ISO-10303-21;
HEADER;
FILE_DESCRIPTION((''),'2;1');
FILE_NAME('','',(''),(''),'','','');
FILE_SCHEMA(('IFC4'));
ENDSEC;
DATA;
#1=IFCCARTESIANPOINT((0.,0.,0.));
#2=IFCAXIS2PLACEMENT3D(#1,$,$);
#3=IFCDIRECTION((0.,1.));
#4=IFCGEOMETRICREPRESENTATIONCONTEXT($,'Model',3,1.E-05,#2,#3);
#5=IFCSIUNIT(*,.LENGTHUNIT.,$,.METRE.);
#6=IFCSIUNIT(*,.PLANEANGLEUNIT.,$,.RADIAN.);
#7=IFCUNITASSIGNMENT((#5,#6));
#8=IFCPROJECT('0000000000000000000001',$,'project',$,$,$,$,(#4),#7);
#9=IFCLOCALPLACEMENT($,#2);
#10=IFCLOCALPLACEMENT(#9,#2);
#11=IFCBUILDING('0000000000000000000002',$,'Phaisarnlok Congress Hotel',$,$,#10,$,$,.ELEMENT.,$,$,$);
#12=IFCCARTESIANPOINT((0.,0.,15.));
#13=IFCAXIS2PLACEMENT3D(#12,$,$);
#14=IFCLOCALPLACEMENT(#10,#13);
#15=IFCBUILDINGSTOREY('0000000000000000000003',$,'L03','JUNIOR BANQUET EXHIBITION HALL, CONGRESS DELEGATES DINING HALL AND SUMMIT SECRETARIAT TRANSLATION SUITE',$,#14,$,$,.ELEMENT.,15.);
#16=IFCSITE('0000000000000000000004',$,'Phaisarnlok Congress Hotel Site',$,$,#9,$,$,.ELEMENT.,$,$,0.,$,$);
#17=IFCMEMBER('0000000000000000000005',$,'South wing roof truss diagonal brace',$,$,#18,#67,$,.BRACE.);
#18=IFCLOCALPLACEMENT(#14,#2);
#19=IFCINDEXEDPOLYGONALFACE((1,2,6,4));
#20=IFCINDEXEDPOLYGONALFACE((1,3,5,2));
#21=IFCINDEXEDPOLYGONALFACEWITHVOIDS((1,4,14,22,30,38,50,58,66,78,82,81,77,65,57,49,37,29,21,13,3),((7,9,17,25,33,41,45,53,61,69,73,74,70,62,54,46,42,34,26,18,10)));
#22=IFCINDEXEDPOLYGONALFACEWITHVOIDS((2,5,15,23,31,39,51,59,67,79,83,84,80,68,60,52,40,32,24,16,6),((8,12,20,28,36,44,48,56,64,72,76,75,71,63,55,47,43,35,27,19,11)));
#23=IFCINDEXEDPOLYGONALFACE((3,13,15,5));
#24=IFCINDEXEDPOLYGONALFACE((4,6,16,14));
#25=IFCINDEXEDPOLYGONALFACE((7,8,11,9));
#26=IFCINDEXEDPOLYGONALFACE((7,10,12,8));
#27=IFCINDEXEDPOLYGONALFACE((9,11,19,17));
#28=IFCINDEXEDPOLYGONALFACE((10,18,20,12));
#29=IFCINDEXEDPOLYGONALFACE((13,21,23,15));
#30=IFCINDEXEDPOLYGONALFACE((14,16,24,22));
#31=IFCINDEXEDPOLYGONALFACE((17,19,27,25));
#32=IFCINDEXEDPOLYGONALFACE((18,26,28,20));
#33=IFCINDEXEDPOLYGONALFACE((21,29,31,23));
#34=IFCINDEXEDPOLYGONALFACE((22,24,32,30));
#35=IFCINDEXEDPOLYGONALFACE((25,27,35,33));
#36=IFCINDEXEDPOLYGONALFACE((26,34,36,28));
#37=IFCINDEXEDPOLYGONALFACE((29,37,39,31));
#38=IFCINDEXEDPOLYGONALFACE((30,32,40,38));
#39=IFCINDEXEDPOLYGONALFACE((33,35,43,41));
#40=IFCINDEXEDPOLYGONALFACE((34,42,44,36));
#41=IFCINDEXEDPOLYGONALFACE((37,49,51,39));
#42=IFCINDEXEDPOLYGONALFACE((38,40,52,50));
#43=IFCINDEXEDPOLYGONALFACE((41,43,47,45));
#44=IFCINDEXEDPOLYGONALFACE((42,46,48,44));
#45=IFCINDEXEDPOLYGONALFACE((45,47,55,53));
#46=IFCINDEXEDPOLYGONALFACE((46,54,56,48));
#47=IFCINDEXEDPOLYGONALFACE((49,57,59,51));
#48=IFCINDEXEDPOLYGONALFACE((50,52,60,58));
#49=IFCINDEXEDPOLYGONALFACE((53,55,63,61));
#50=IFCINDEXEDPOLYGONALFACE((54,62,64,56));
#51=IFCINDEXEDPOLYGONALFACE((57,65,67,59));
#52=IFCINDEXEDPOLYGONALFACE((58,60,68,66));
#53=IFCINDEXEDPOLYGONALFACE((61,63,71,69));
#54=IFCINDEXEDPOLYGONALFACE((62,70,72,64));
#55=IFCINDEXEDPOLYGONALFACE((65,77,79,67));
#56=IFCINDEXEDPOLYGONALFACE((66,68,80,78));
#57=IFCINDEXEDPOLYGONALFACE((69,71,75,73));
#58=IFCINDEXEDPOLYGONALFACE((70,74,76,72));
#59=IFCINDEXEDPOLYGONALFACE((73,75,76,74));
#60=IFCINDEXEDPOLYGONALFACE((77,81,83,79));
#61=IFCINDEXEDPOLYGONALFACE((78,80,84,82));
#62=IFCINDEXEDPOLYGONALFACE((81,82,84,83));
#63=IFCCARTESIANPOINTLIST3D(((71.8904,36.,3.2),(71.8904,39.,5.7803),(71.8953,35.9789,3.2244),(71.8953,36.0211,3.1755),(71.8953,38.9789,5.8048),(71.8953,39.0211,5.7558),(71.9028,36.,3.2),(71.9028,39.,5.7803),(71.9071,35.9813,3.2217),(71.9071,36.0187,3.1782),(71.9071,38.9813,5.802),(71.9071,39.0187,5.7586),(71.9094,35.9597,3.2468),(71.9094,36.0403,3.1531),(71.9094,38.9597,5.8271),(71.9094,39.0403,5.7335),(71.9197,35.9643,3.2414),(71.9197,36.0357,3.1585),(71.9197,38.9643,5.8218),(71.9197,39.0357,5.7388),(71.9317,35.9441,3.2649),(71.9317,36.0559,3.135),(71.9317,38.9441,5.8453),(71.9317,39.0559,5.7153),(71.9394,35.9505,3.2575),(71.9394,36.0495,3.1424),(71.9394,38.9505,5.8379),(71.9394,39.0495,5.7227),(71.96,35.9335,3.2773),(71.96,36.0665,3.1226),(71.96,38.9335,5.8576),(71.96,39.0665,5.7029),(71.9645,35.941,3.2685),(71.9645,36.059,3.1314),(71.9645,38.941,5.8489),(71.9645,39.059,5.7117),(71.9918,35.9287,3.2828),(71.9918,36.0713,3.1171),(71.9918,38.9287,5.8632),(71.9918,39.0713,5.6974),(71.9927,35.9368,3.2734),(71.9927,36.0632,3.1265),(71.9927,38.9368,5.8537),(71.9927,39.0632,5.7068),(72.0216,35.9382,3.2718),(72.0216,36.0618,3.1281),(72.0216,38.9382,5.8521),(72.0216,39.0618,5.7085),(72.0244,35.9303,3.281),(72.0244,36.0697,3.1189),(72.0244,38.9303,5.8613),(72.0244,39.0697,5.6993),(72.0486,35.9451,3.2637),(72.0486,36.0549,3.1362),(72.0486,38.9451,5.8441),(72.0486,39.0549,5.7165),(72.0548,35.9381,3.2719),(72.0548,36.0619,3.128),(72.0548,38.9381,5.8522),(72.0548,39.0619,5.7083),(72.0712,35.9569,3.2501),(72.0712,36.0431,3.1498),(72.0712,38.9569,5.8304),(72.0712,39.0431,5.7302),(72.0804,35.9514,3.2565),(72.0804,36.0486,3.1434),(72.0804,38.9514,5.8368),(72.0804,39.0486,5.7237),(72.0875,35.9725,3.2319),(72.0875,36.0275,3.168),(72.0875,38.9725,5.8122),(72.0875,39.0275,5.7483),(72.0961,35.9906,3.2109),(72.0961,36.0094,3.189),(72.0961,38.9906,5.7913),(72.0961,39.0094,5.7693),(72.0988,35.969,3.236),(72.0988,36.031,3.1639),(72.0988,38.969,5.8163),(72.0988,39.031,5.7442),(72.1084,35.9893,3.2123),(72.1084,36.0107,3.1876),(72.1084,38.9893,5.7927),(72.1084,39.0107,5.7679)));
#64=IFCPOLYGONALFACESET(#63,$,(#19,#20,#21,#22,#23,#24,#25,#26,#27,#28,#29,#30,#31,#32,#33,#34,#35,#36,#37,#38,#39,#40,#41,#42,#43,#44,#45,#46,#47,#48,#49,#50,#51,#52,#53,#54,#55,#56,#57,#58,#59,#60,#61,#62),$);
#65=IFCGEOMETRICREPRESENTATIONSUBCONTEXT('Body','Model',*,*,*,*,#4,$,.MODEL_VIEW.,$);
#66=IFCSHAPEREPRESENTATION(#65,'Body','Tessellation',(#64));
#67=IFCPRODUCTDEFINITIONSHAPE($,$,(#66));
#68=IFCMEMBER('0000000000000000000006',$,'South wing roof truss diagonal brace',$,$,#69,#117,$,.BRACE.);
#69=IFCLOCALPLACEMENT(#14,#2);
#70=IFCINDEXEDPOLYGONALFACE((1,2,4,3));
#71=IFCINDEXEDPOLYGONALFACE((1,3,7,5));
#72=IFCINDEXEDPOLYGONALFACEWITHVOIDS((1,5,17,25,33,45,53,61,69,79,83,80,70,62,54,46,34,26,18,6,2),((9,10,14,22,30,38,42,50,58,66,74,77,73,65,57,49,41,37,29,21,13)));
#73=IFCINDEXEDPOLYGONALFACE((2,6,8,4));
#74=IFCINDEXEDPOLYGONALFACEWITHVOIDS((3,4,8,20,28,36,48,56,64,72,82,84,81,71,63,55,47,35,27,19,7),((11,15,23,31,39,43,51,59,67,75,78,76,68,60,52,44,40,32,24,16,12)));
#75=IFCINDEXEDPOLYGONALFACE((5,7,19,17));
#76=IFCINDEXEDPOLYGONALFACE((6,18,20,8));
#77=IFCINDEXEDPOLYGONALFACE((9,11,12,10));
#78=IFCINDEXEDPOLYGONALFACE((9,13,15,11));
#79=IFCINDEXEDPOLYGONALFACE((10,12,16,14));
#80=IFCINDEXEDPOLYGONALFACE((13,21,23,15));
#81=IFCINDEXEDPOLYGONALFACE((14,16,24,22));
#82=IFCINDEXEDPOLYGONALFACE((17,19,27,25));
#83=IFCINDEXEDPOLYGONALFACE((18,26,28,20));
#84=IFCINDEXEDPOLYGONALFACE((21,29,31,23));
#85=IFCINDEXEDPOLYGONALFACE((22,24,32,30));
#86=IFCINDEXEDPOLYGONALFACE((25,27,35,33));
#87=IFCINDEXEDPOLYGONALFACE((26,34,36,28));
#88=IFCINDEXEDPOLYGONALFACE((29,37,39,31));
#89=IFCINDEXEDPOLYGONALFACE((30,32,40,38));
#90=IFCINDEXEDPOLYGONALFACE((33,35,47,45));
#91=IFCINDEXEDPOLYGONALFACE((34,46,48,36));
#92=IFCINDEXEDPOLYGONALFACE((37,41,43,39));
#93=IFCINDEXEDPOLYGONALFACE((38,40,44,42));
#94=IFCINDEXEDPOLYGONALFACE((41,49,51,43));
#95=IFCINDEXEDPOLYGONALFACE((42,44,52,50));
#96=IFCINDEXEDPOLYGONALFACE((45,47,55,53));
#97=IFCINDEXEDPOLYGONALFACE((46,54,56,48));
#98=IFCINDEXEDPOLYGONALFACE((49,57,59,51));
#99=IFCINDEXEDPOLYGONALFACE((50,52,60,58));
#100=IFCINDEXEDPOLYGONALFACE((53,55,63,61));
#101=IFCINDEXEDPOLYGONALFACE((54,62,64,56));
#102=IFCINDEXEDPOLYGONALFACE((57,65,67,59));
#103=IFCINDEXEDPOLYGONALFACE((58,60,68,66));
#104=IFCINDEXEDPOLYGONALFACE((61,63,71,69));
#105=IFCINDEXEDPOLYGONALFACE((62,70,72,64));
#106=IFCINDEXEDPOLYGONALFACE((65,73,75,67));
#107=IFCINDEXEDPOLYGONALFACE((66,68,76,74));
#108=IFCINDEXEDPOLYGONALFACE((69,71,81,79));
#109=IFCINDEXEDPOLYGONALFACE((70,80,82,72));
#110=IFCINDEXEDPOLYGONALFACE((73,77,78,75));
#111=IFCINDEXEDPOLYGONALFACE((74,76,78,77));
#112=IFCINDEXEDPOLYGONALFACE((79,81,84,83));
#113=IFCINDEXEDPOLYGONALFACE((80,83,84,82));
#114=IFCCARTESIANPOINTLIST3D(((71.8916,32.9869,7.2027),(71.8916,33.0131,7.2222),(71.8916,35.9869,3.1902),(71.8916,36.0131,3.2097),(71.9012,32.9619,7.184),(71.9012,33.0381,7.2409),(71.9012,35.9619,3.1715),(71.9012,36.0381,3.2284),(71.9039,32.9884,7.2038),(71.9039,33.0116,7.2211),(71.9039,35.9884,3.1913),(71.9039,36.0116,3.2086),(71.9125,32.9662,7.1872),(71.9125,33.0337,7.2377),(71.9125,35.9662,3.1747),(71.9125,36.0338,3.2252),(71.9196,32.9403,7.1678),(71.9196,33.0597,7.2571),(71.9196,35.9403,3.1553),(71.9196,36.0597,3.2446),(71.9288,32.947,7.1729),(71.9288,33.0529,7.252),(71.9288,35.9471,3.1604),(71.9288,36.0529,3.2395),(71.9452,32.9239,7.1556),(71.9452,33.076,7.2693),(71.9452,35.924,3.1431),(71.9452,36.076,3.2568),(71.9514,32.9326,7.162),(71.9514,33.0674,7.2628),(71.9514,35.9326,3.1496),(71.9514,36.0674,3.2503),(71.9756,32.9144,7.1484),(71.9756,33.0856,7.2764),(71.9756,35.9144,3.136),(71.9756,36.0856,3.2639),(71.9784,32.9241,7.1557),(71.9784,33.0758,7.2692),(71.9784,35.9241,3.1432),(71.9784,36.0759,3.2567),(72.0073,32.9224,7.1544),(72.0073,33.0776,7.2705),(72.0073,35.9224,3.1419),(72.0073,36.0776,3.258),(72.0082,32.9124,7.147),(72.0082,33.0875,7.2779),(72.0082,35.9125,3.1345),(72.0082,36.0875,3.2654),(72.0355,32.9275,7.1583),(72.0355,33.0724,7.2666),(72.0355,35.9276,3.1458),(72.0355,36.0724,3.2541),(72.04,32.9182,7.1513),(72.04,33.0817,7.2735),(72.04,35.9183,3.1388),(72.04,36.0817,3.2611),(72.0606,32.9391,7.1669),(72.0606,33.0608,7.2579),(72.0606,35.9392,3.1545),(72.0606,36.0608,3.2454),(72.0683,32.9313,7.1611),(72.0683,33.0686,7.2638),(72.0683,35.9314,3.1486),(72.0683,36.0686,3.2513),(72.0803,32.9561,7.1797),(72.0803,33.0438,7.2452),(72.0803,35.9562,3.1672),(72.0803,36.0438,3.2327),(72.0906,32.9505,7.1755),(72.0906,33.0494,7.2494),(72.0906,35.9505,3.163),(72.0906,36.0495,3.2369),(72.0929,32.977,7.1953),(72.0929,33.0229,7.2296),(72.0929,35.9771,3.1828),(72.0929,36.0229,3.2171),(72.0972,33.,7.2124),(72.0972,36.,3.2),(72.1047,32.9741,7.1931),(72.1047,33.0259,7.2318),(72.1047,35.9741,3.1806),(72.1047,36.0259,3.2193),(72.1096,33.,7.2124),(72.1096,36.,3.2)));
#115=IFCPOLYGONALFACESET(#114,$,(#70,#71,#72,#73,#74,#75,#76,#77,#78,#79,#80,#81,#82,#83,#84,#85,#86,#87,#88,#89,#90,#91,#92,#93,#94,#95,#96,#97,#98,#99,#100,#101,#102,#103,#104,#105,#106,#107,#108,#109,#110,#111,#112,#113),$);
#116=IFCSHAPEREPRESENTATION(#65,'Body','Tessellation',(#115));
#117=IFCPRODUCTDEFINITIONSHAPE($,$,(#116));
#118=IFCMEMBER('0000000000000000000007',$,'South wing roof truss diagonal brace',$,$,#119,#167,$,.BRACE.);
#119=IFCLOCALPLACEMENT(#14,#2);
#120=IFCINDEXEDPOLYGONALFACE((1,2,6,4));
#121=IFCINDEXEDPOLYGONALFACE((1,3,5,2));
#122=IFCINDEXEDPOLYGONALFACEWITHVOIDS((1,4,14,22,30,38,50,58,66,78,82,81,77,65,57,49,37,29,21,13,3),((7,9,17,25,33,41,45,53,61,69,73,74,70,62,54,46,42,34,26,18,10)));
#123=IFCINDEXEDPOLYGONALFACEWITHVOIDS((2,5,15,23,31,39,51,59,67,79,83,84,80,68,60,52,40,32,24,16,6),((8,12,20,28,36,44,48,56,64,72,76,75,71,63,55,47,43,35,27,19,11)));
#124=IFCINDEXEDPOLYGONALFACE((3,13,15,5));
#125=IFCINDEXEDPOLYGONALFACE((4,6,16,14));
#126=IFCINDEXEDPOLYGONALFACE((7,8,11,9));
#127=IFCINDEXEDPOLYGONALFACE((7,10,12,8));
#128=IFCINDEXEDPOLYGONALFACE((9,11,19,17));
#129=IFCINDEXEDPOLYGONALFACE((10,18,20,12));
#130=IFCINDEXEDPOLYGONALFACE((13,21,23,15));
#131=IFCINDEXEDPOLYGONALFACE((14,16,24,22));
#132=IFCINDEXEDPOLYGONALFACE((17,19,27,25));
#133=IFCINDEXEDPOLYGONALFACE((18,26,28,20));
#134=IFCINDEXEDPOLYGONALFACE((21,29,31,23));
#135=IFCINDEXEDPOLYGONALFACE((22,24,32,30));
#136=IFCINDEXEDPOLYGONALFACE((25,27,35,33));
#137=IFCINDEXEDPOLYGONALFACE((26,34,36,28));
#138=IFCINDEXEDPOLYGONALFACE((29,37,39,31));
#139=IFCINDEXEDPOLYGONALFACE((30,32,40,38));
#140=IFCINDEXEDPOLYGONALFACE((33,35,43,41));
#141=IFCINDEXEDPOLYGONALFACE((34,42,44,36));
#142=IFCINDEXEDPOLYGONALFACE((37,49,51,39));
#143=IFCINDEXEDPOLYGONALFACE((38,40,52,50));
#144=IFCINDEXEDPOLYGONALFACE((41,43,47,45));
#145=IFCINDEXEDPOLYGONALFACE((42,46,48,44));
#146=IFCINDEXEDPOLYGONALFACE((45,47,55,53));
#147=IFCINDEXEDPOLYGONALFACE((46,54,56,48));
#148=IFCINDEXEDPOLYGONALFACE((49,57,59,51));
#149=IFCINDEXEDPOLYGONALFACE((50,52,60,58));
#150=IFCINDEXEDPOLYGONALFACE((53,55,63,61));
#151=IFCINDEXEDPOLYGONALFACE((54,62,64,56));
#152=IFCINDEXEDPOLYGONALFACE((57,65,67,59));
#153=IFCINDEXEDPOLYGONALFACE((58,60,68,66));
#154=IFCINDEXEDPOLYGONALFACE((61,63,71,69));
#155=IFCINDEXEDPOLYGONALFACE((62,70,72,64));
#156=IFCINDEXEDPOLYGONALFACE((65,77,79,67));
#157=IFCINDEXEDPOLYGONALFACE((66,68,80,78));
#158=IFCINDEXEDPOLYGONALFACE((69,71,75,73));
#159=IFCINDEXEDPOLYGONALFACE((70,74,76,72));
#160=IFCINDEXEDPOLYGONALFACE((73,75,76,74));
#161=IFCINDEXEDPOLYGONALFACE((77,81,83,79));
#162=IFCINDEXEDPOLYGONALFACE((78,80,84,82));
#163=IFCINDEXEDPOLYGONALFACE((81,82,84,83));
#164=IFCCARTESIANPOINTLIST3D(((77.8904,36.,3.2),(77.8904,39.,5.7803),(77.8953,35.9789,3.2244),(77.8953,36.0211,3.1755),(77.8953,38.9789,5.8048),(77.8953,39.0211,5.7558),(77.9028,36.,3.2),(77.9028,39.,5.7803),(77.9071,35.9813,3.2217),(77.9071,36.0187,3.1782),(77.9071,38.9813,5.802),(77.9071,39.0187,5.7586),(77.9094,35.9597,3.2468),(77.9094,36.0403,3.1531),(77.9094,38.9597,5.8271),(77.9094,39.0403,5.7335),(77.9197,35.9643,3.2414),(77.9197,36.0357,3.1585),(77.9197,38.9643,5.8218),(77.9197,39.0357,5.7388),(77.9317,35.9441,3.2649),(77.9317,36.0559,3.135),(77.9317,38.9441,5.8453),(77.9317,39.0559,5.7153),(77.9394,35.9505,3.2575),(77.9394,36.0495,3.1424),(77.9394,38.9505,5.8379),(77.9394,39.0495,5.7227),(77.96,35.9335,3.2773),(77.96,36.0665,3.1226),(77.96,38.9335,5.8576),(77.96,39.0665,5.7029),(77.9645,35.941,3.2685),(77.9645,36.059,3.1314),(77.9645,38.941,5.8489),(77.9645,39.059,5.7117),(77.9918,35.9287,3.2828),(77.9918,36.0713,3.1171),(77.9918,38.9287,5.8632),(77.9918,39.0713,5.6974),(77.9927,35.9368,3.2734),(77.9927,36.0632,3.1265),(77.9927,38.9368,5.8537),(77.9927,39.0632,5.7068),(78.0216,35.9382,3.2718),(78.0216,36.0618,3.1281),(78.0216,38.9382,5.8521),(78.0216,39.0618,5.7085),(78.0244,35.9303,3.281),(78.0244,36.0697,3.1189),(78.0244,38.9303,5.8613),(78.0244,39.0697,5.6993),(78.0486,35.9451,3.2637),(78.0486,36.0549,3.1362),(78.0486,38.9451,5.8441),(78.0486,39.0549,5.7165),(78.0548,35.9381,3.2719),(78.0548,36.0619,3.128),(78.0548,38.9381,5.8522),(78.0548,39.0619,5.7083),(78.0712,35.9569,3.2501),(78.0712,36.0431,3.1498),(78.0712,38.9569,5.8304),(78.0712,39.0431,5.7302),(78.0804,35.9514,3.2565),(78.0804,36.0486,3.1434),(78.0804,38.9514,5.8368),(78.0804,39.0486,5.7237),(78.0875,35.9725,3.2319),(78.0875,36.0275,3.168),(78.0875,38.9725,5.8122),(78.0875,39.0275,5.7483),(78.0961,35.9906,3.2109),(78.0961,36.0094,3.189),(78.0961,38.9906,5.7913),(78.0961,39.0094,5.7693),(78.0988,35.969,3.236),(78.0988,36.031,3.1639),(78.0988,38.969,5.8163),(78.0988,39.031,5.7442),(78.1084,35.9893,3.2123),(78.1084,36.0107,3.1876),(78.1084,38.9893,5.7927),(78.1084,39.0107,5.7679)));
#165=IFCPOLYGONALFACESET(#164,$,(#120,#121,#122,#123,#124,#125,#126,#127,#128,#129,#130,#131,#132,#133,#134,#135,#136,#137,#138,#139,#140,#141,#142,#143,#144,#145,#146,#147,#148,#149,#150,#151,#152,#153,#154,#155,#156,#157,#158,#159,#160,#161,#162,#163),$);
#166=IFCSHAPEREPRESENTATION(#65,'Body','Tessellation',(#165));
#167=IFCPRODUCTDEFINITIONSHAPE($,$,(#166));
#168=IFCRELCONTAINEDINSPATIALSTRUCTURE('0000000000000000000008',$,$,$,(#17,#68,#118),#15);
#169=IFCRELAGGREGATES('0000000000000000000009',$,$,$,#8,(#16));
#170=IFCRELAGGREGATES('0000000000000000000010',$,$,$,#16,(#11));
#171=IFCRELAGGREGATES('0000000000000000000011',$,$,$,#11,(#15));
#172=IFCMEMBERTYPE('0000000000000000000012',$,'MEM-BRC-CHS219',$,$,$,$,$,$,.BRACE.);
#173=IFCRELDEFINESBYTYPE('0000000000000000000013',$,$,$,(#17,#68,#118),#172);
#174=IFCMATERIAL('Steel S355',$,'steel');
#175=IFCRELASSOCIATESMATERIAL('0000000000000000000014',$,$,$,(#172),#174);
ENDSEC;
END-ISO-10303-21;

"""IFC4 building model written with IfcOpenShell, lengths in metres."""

from ifc_helpers import new_model, si_unit, direction, frame, origin, origin_2d, place, context, subcontext, project, spatial, hollow_circle, extrude, material, material_profile, profile_set, type_object, element, save


model = new_model("IFC4")

# Units and contexts
model_context = context("Model", 3, precision=1e-05, world=origin(), true_north=direction((0.0, 1.0)))
body_context = subcontext(model_context, "Body", "Model", "MODEL_VIEW")
ifc_project = project(units=[si_unit("LENGTHUNIT", "METRE"), si_unit("PLANEANGLEUNIT", "RADIAN")], contexts=[model_context])

# Site, building, storey
site_placement = place(None, origin())
site = spatial("IfcSite", under=ifc_project, at=site_placement, Name="Phaisarnlok Congress Hotel Site", CompositionType="ELEMENT", RefElevation=0.0)
building_placement = place(site_placement, origin())
building = spatial("IfcBuilding", under=site, at=building_placement, Name="Phaisarnlok Congress Hotel", CompositionType="ELEMENT")
storey_placement = place(building_placement, frame((0.0, 0.0, 15.0)))
storey = spatial("IfcBuildingStorey", under=building, at=storey_placement, Name="L03", Description="JUNIOR BANQUET EXHIBITION HALL, CONGRESS DELEGATES DINING HALL AND SUMMIT SECRETARIAT TRANSLATION SUITE", CompositionType="ELEMENT", Elevation=15.0)

# Shared definitions
ifc_material_1 = material(Name="Steel S355", Category="steel")

# Members
ifc_material_profile_1 = material_profile(ifc_material_1, hollow_circle(Radius=0.1096, WallThickness=0.0125, at=origin_2d()), Name="CHS 219.1x12.5")
ifc_profile_set_1 = profile_set([ifc_material_profile_1], Name="Steel S355")
member_type_1 = type_object("IfcMemberType", Name="MEM-BRC-CHS219", PredefinedType="BRACE", material=ifc_profile_set_1)
member_1_placement = place(storey_placement, frame((72.0, 36.0, 3.2), z_axis=(0.0, 0.758145, 0.652086), x_axis=(-1.0, 0.0, 0.0)))
element("IfcMember", 1, at=member_1_placement, inside=storey, type_object=member_type_1, Name="South wing roof truss diagonal brace", PredefinedType="BRACE", context=body_context, shape_type="SweptSolid", body=[
    extrude(hollow_circle(Radius=0.1096, WallThickness=0.0125, at=origin_2d()), origin(), (0.0, 0.0, 1.0), 3.957),
])
member_2_placement = place(storey_placement, frame((72.0, 36.0, 3.2), z_axis=(0.0, -0.598806, 0.800894), x_axis=(1.0, 0.0, 0.0)))
element("IfcMember", 2, at=member_2_placement, inside=storey, type_object=member_type_1, Name="South wing roof truss diagonal brace", PredefinedType="BRACE", context=body_context, shape_type="SweptSolid", body=[
    extrude(hollow_circle(Radius=0.1096, WallThickness=0.0125, at=origin_2d()), origin(), (0.0, 0.0, 1.0), 5.01),
])
member_3_placement = place(storey_placement, frame((78.0, 36.0, 3.2), z_axis=(0.0, 0.758145, 0.652086), x_axis=(-1.0, 0.0, 0.0)))
element("IfcMember", 3, at=member_3_placement, inside=storey, type_object=member_type_1, Name="South wing roof truss diagonal brace", PredefinedType="BRACE", context=body_context, shape_type="SweptSolid", body=[
    extrude(hollow_circle(Radius=0.1096, WallThickness=0.0125, at=origin_2d()), origin(), (0.0, 0.0, 1.0), 3.957),
])

save(model, "model.ifc")
